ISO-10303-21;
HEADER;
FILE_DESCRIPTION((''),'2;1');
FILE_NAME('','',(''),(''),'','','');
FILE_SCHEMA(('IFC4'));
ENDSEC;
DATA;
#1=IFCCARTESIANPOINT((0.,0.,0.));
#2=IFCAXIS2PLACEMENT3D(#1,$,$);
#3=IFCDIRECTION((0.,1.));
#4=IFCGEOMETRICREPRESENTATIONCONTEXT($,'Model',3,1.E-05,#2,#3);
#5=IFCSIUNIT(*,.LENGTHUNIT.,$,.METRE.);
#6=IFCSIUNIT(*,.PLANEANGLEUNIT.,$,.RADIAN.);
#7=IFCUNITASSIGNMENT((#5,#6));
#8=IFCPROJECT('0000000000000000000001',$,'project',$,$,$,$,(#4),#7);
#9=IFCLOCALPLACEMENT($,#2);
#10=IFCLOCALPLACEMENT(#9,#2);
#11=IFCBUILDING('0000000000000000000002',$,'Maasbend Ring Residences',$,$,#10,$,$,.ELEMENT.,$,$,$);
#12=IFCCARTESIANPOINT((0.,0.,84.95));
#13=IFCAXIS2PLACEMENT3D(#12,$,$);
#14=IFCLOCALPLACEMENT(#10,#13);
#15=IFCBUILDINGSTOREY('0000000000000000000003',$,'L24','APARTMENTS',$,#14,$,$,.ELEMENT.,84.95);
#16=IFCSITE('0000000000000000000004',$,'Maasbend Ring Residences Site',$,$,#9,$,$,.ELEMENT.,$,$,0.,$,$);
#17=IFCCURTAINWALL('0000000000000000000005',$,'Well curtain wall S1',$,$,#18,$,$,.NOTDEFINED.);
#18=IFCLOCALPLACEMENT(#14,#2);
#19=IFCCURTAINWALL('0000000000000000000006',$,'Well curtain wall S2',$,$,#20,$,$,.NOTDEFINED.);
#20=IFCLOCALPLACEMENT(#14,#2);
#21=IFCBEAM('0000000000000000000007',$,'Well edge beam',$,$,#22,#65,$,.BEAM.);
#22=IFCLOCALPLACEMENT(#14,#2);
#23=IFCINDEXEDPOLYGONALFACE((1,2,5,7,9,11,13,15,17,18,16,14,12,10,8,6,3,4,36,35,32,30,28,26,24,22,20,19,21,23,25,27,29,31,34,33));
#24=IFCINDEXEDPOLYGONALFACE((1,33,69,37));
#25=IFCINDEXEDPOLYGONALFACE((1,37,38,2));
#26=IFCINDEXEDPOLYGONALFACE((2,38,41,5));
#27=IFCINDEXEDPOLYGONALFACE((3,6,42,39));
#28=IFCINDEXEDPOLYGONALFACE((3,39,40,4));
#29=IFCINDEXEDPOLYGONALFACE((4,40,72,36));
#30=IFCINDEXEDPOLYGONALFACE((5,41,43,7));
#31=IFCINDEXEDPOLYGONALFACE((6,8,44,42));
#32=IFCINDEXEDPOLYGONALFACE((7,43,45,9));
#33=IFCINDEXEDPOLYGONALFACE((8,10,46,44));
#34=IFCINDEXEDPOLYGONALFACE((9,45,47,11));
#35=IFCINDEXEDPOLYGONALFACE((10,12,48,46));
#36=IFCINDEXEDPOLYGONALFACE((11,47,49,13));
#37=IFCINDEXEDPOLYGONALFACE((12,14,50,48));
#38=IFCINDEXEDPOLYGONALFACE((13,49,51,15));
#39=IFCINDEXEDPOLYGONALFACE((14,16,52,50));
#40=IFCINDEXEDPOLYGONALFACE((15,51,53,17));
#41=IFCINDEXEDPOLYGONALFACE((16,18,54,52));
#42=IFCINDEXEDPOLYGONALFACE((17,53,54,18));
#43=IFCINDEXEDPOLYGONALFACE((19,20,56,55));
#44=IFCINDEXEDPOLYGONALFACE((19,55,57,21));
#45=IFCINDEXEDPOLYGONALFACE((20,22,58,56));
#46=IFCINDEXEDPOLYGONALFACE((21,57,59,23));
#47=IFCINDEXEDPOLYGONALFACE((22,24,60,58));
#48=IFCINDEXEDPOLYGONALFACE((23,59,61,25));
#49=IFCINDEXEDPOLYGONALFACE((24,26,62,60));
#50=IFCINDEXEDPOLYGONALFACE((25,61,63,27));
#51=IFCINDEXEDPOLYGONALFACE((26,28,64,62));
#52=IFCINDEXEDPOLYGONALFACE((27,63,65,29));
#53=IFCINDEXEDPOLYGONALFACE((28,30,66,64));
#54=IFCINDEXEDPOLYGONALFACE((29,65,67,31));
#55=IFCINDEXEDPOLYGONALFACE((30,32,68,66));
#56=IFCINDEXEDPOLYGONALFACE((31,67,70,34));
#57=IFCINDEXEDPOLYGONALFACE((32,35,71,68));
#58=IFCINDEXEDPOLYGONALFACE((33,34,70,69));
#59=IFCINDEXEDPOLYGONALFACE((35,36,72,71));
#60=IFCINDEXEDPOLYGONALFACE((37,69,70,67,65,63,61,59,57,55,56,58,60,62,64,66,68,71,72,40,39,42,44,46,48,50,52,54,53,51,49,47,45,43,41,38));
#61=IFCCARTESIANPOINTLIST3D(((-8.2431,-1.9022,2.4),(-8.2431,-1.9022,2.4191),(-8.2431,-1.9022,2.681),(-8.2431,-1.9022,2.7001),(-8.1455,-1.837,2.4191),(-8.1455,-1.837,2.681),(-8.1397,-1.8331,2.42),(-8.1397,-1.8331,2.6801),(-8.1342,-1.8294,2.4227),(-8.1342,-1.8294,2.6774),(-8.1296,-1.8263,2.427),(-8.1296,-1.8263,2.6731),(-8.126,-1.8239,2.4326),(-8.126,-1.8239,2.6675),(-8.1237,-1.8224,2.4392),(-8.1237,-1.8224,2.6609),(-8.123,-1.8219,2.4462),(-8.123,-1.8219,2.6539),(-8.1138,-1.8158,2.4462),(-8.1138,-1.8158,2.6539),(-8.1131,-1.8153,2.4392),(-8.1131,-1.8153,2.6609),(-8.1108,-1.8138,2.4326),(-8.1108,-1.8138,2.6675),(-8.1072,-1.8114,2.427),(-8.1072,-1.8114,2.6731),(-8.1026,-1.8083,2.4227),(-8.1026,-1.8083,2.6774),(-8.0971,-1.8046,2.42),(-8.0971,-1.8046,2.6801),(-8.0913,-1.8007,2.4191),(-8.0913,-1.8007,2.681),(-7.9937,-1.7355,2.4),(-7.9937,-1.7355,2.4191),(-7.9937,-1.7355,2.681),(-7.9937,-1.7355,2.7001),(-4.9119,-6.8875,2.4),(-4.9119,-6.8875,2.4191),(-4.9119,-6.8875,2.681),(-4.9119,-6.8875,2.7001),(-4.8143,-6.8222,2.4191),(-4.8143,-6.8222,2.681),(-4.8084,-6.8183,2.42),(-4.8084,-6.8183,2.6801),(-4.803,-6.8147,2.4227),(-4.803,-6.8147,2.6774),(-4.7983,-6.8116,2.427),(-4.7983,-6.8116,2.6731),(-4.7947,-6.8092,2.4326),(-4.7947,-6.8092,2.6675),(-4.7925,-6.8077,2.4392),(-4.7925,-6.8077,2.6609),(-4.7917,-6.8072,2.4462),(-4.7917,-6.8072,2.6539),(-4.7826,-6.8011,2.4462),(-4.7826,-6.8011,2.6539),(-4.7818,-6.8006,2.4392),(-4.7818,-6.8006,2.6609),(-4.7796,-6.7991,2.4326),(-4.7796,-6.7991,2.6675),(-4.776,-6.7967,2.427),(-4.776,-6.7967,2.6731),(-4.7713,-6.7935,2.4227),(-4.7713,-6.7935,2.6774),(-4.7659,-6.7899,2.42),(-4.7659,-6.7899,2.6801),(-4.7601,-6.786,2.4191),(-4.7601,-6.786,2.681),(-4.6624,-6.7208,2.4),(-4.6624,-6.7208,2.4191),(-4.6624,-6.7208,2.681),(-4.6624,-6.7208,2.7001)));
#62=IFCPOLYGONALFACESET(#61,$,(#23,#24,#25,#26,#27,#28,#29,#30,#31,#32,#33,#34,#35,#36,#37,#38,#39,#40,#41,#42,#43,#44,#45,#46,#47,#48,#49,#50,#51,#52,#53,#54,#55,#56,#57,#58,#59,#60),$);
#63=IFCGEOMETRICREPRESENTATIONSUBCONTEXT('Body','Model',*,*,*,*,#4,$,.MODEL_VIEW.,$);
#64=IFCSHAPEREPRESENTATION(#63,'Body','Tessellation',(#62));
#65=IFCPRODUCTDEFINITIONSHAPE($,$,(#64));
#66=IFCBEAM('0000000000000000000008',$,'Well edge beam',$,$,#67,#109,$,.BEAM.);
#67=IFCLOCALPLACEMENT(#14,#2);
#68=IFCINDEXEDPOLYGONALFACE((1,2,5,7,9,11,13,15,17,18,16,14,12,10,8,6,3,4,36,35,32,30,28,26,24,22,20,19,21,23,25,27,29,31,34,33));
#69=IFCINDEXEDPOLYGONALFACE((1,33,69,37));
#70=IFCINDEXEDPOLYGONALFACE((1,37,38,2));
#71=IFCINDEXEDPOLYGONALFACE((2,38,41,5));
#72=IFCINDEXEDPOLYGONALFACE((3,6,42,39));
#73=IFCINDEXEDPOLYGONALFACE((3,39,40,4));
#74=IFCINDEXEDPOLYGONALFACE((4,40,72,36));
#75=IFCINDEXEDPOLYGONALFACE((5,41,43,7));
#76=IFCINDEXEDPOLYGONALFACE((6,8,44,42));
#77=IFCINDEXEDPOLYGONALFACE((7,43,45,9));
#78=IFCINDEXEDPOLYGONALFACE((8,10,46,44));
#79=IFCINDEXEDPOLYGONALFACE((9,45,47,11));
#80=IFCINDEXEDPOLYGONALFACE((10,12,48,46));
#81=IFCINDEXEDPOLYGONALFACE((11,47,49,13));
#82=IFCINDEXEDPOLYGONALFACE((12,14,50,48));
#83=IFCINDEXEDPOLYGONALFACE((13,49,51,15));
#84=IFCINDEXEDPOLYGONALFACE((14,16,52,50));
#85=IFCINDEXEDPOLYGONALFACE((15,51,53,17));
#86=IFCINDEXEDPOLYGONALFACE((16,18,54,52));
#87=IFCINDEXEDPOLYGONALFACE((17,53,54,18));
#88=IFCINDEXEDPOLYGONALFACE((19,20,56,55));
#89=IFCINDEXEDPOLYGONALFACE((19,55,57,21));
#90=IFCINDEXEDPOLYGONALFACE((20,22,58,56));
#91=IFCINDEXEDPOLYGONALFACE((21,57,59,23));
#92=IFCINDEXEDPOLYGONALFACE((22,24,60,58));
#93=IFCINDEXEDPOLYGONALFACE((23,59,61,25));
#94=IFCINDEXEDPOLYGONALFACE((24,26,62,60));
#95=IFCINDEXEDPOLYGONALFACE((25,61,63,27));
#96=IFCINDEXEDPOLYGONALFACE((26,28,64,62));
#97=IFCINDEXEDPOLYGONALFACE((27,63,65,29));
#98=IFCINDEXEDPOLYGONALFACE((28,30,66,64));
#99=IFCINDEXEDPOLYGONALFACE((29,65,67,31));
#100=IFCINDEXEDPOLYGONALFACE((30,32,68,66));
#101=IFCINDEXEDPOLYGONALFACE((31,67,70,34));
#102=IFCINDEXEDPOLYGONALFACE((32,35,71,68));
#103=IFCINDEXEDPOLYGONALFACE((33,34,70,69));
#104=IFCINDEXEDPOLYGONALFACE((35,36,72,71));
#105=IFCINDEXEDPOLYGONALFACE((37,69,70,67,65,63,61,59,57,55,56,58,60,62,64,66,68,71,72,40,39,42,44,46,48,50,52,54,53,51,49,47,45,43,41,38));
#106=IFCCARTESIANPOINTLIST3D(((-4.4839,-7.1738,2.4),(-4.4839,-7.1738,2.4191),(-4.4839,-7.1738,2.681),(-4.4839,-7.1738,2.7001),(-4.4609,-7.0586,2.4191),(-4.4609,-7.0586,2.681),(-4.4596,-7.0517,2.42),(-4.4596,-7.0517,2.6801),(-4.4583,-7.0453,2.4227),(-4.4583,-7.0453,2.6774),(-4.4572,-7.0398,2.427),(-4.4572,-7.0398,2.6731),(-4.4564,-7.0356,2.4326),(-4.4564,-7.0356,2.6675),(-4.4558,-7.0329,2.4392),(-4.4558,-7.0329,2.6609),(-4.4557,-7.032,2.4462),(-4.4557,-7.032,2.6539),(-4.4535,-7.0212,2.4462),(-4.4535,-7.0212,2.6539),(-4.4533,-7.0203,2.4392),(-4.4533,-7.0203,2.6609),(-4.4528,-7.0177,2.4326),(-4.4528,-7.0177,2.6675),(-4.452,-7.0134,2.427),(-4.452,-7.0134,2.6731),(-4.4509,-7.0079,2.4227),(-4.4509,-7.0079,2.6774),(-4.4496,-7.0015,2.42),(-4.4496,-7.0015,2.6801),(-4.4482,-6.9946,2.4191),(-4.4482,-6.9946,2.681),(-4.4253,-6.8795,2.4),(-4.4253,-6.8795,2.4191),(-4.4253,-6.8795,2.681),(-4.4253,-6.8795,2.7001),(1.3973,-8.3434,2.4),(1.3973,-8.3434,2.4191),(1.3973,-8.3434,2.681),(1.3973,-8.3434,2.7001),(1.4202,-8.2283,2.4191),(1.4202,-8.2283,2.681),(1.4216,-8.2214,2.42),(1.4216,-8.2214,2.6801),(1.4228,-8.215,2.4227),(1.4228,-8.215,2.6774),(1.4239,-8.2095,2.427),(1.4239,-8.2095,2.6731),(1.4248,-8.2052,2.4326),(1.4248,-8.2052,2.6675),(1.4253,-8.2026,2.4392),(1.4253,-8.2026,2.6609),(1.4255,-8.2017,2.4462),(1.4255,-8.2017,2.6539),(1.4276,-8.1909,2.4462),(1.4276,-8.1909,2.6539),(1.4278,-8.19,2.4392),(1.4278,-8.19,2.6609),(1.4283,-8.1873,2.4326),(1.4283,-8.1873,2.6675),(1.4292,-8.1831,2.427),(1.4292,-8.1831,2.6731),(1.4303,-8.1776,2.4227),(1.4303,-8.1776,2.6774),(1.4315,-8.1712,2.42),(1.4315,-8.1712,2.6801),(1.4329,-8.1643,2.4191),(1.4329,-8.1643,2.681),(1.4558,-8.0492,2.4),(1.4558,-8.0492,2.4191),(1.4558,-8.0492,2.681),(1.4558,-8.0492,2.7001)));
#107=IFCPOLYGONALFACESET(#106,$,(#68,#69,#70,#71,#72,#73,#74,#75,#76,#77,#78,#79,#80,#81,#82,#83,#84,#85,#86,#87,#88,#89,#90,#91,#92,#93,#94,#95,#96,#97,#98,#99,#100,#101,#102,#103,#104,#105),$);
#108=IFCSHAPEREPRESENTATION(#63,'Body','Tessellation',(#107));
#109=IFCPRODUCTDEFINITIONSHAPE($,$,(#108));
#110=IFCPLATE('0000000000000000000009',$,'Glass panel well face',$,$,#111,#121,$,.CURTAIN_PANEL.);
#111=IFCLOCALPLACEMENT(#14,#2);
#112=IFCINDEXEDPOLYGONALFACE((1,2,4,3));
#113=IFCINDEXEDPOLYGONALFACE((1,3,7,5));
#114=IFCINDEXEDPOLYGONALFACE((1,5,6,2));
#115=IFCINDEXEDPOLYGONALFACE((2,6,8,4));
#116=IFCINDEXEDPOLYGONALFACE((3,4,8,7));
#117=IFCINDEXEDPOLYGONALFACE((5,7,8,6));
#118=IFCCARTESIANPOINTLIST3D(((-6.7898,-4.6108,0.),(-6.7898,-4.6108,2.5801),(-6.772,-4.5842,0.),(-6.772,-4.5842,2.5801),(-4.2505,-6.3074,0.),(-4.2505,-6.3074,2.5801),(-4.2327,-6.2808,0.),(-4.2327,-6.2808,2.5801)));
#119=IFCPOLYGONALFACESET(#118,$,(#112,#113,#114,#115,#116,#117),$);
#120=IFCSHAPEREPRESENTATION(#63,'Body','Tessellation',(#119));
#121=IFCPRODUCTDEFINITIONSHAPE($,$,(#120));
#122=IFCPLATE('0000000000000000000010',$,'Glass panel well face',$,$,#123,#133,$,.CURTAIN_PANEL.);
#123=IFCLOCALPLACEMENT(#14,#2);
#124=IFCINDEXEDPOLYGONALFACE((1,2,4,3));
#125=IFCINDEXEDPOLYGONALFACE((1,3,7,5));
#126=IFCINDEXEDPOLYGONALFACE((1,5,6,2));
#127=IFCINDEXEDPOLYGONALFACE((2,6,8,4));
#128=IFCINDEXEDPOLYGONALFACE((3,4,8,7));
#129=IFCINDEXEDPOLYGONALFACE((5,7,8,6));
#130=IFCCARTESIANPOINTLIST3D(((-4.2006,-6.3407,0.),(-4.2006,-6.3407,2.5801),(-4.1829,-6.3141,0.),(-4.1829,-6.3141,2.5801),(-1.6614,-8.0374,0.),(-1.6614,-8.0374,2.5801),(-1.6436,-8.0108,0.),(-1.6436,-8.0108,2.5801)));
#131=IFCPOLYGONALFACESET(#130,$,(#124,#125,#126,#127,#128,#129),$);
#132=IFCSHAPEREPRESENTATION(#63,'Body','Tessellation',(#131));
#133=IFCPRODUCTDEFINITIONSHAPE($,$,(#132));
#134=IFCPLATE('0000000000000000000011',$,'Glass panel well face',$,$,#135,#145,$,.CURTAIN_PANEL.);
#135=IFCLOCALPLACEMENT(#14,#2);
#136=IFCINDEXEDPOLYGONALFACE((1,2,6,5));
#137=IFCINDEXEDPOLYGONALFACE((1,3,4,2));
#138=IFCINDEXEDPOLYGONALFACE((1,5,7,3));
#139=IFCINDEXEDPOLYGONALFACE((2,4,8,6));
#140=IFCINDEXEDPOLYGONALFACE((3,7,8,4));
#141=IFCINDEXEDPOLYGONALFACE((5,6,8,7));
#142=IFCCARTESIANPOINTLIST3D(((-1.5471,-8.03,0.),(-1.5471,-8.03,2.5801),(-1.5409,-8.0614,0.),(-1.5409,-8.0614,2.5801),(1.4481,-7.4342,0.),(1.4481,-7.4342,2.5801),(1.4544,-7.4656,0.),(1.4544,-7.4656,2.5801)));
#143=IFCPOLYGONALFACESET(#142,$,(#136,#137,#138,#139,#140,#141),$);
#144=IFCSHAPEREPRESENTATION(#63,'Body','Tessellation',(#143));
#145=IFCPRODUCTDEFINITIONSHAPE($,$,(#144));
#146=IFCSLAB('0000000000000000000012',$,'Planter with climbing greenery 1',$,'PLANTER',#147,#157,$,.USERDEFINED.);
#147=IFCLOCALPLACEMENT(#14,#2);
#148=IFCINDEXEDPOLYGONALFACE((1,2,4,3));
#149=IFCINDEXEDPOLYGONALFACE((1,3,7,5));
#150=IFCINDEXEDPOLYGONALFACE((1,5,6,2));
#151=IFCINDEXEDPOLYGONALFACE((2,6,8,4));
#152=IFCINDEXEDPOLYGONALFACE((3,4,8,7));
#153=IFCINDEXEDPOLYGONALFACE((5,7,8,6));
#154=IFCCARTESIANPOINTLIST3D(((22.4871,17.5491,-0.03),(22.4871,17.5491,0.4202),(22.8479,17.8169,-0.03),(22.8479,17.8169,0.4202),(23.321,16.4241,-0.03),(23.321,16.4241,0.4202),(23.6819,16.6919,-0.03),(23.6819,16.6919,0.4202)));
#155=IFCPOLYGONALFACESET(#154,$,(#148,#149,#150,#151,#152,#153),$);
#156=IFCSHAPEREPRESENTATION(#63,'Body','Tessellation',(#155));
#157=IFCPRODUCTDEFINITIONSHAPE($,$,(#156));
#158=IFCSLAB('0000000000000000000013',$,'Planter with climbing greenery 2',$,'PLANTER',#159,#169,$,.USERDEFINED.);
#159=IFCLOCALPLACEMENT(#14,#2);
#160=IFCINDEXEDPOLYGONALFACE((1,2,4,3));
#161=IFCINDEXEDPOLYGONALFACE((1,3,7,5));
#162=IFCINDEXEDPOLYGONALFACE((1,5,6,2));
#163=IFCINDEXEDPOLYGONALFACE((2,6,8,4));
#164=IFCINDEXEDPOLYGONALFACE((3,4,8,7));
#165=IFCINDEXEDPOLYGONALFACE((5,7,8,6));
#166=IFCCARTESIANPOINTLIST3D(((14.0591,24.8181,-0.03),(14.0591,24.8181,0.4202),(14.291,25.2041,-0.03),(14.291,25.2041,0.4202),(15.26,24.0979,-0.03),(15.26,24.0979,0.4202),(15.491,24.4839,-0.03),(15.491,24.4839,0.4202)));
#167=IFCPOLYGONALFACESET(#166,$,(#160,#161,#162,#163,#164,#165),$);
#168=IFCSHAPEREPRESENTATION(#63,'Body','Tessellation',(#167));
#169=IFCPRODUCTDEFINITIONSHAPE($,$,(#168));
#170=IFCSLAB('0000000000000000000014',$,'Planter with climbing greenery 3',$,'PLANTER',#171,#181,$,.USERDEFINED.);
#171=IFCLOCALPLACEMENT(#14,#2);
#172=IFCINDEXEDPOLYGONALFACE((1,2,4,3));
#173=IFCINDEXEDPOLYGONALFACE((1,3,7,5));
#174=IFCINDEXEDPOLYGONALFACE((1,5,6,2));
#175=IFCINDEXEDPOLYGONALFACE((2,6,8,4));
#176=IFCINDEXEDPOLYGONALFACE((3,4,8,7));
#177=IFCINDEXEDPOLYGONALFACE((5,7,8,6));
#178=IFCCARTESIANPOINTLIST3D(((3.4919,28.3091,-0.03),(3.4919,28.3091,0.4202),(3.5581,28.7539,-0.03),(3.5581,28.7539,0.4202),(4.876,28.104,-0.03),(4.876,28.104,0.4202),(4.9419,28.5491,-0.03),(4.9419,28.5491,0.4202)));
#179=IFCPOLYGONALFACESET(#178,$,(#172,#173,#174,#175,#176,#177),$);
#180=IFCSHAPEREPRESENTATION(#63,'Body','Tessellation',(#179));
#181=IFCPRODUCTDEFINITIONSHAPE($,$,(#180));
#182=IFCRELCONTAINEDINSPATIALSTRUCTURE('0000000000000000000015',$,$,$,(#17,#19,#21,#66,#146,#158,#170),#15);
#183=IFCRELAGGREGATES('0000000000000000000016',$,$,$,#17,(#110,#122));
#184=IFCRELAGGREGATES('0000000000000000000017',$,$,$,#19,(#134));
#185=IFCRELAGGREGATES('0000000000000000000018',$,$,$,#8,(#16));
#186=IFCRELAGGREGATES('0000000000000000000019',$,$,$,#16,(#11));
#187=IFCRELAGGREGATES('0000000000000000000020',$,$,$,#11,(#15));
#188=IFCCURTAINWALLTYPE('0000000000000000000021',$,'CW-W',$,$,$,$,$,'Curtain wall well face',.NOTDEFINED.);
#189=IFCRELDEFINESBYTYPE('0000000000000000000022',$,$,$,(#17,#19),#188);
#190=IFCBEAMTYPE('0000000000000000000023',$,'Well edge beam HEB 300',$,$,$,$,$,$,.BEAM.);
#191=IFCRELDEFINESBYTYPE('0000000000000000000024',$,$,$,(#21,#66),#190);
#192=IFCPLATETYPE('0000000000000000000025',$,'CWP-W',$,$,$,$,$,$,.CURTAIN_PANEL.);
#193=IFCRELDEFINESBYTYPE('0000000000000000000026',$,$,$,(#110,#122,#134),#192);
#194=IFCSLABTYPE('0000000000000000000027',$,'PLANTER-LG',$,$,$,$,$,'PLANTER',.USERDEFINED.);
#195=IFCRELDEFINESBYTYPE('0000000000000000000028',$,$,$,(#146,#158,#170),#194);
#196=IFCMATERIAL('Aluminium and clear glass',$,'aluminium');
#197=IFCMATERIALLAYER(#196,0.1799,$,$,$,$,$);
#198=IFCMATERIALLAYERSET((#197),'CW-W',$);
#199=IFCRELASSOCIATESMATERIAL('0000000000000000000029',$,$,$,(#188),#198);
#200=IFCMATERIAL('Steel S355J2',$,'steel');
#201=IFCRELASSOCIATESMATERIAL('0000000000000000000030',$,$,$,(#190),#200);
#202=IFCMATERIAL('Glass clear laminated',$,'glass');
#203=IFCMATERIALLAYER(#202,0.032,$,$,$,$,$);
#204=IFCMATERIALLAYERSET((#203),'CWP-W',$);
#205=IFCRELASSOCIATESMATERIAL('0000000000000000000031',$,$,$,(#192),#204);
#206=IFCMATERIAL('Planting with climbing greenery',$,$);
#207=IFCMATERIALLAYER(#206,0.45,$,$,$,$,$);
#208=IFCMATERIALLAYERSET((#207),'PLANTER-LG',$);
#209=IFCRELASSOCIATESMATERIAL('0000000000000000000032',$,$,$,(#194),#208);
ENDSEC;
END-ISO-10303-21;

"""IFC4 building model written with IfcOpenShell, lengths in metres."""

from ifc_helpers import new_model, si_unit, direction, frame, origin, origin_2d, place, context, subcontext, project, spatial, polyline, rectangle, i_section, outline, extrude, material, layer, layer_set, material_profile, profile_set, type_object, element, aggregate, save


model = new_model("IFC4")

# Units and contexts
model_context = context("Model", 3, precision=1e-05, world=origin(), true_north=direction((0.0, 1.0)))
body_context = subcontext(model_context, "Body", "Model", "MODEL_VIEW")
ifc_project = project(units=[si_unit("LENGTHUNIT", "METRE"), si_unit("PLANEANGLEUNIT", "RADIAN")], contexts=[model_context])

# Site, building, storey
site_placement = place(None, origin())
site = spatial("IfcSite", under=ifc_project, at=site_placement, Name="Maasbend Ring Residences Site", CompositionType="ELEMENT", RefElevation=0.0)
building_placement = place(site_placement, origin())
building = spatial("IfcBuilding", under=site, at=building_placement, Name="Maasbend Ring Residences", CompositionType="ELEMENT")
storey_placement = place(building_placement, frame((0.0, 0.0, 84.95)))
storey = spatial("IfcBuildingStorey", under=building, at=storey_placement, Name="L24", Description="APARTMENTS", CompositionType="ELEMENT", Elevation=84.95)

# Curtain wall
ifc_material_1 = material(Name="Aluminium and clear glass", Category="aluminium")
ifc_layer_1 = layer(ifc_material_1, 0.1799)
ifc_layer_set_1 = layer_set([ifc_layer_1], Name="CW-W")
curtain_wall_type = type_object("IfcCurtainWallType", Name="CW-W", ElementType="Curtain wall well face", PredefinedType="NOTDEFINED", material=ifc_layer_set_1)
curtain_wall_1_placement = place(storey_placement, origin())
curtain_wall_1 = element("IfcCurtainWall", 1, at=curtain_wall_1_placement, inside=storey, type_object=curtain_wall_type, Name="Well curtain wall S1", PredefinedType="NOTDEFINED")

# Curtain wall
curtain_wall_2_placement = place(storey_placement, origin())
curtain_wall_2 = element("IfcCurtainWall", 2, at=curtain_wall_2_placement, inside=storey, type_object=curtain_wall_type, Name="Well curtain wall S2", PredefinedType="NOTDEFINED")

# Beams
ifc_material_2 = material(Name="Steel S355J2", Category="steel")
ifc_material_profile_1 = material_profile(ifc_material_2, i_section(OverallWidth=0.3, OverallDepth=0.3, WebThickness=0.011, FlangeThickness=0.019, FilletRadius=0.0271, at=origin_2d()), Name="HEB 300")
ifc_profile_set_1 = profile_set([ifc_material_profile_1], Name="Steel S355J2")
beam_type = type_object("IfcBeamType", Name="Well edge beam HEB 300", PredefinedType="BEAM", material=ifc_profile_set_1)
beam_1_placement = place(storey_placement, frame((-8.1184, -1.8188, 2.55), z_axis=(0.555593, -0.831455, 0.0), x_axis=(0.831455, 0.555593, 0.0)))
element("IfcBeam", 3, at=beam_1_placement, inside=storey, type_object=beam_type, Name="Well edge beam", PredefinedType="BEAM", context=body_context, shape_type="SweptSolid", body=[
    extrude(i_section(OverallWidth=0.3, OverallDepth=0.3, WebThickness=0.011, FlangeThickness=0.019, FilletRadius=0.0271, at=origin_2d()), origin(), (0.0, 0.0, 1.0), 5.9958),
])
beam_2_placement = place(storey_placement, frame((-4.4546, -7.0266, 2.55), z_axis=(0.98079, -0.195067, 0.0), x_axis=(0.195067, 0.98079, 0.0)))
element("IfcBeam", 4, at=beam_2_placement, inside=storey, type_object=beam_type, Name="Well edge beam", PredefinedType="BEAM", context=body_context, shape_type="SweptSolid", body=[
    extrude(i_section(OverallWidth=0.3, OverallDepth=0.3, WebThickness=0.011, FlangeThickness=0.019, FilletRadius=0.0271, at=origin_2d()), origin(), (0.0, 0.0, 1.0), 5.9963),
])

# Plates
ifc_material_3 = material(Name="Glass clear laminated", Category="glass")
ifc_layer_2 = layer(ifc_material_3, 0.032)
ifc_layer_set_2 = layer_set([ifc_layer_2], Name="CWP-W")
plate_type = type_object("IfcPlateType", Name="CWP-W", PredefinedType="CURTAIN_PANEL", material=ifc_layer_set_2)
plate_1_placement = place(storey_placement, frame((-5.5112, -5.4458, 0.0), z_axis=(0.0, 0.0, 1.0), x_axis=(0.83147, -0.55557, 0.0)))
plate_1 = element("IfcPlate", 5, at=plate_1_placement, type_object=plate_type, Name="Glass panel well face", PredefinedType="CURTAIN_PANEL", context=body_context, shape_type="SweptSolid", body=[
    extrude(rectangle(XDim=3.054, YDim=0.032, at=origin_2d()), origin(), (0.0, 0.0, 1.0), 2.5801),
])
plate_2_placement = place(storey_placement, frame((-2.9221, -7.1758, 0.0), z_axis=(0.0, 0.0, 1.0), x_axis=(0.83147, -0.55557, 0.0)))
plate_2 = element("IfcPlate", 6, at=plate_2_placement, type_object=plate_type, Name="Glass panel well face", PredefinedType="CURTAIN_PANEL", context=body_context, shape_type="SweptSolid", body=[
    extrude(rectangle(XDim=3.054, YDim=0.032, at=origin_2d()), origin(), (0.0, 0.0, 1.0), 2.5801),
])
aggregate(curtain_wall_1, [plate_1, plate_2])
plate_3_placement = place(storey_placement, frame((-0.0464, -7.7478, 0.0), z_axis=(0.0, 0.0, 1.0), x_axis=(0.980785, 0.19509, 0.0)))
plate_3 = element("IfcPlate", 7, at=plate_3_placement, type_object=plate_type, Name="Glass panel well face", PredefinedType="CURTAIN_PANEL", context=body_context, shape_type="SweptSolid", body=[
    extrude(rectangle(XDim=3.054, YDim=0.032, at=origin_2d()), origin(), (0.0, 0.0, 1.0), 2.5801),
])
aggregate(curtain_wall_2, [plate_3])

# Slabs
ifc_material_4 = material(Name="Planting with climbing greenery")
ifc_layer_3 = layer(ifc_material_4, 0.45)
ifc_layer_set_3 = layer_set([ifc_layer_3], Name="PLANTER-LG")
slab_type_1 = type_object("IfcSlabType", Name="PLANTER-LG", ElementType="PLANTER", PredefinedType="USERDEFINED", material=ifc_layer_set_3)
slab_1_placement = place(storey_placement, frame((0.0, 0.0, -0.03)))
element("IfcSlab", 8, at=slab_1_placement, inside=storey, type_object=slab_type_1, Name="Planter with climbing greenery 1", ObjectType="PLANTER", PredefinedType="USERDEFINED", context=body_context, shape_type="SweptSolid", body=[
    extrude(outline(polyline([(23.6819, 16.6919), (22.8479, 17.8169), (22.4871, 17.5491), (23.321, 16.4241), (23.6819, 16.6919)])), origin(), (0.0, 0.0, 1.0), 0.4502),
])
slab_2_placement = place(storey_placement, frame((0.0, 0.0, -0.03)))
element("IfcSlab", 9, at=slab_2_placement, inside=storey, type_object=slab_type_1, Name="Planter with climbing greenery 2", ObjectType="PLANTER", PredefinedType="USERDEFINED", context=body_context, shape_type="SweptSolid", body=[
    extrude(outline(polyline([(15.491, 24.4839), (14.291, 25.2041), (14.0591, 24.8181), (15.26, 24.0979), (15.491, 24.4839)])), origin(), (0.0, 0.0, 1.0), 0.4502),
])
slab_3_placement = place(storey_placement, frame((0.0, 0.0, -0.03)))
element("IfcSlab", 10, at=slab_3_placement, inside=storey, type_object=slab_type_1, Name="Planter with climbing greenery 3", ObjectType="PLANTER", PredefinedType="USERDEFINED", context=body_context, shape_type="SweptSolid", body=[
    extrude(outline(polyline([(4.9419, 28.5491), (3.5581, 28.7539), (3.4919, 28.3091), (4.876, 28.104), (4.9419, 28.5491)])), origin(), (0.0, 0.0, 1.0), 0.4502),
])

save(model, "model.ifc")
